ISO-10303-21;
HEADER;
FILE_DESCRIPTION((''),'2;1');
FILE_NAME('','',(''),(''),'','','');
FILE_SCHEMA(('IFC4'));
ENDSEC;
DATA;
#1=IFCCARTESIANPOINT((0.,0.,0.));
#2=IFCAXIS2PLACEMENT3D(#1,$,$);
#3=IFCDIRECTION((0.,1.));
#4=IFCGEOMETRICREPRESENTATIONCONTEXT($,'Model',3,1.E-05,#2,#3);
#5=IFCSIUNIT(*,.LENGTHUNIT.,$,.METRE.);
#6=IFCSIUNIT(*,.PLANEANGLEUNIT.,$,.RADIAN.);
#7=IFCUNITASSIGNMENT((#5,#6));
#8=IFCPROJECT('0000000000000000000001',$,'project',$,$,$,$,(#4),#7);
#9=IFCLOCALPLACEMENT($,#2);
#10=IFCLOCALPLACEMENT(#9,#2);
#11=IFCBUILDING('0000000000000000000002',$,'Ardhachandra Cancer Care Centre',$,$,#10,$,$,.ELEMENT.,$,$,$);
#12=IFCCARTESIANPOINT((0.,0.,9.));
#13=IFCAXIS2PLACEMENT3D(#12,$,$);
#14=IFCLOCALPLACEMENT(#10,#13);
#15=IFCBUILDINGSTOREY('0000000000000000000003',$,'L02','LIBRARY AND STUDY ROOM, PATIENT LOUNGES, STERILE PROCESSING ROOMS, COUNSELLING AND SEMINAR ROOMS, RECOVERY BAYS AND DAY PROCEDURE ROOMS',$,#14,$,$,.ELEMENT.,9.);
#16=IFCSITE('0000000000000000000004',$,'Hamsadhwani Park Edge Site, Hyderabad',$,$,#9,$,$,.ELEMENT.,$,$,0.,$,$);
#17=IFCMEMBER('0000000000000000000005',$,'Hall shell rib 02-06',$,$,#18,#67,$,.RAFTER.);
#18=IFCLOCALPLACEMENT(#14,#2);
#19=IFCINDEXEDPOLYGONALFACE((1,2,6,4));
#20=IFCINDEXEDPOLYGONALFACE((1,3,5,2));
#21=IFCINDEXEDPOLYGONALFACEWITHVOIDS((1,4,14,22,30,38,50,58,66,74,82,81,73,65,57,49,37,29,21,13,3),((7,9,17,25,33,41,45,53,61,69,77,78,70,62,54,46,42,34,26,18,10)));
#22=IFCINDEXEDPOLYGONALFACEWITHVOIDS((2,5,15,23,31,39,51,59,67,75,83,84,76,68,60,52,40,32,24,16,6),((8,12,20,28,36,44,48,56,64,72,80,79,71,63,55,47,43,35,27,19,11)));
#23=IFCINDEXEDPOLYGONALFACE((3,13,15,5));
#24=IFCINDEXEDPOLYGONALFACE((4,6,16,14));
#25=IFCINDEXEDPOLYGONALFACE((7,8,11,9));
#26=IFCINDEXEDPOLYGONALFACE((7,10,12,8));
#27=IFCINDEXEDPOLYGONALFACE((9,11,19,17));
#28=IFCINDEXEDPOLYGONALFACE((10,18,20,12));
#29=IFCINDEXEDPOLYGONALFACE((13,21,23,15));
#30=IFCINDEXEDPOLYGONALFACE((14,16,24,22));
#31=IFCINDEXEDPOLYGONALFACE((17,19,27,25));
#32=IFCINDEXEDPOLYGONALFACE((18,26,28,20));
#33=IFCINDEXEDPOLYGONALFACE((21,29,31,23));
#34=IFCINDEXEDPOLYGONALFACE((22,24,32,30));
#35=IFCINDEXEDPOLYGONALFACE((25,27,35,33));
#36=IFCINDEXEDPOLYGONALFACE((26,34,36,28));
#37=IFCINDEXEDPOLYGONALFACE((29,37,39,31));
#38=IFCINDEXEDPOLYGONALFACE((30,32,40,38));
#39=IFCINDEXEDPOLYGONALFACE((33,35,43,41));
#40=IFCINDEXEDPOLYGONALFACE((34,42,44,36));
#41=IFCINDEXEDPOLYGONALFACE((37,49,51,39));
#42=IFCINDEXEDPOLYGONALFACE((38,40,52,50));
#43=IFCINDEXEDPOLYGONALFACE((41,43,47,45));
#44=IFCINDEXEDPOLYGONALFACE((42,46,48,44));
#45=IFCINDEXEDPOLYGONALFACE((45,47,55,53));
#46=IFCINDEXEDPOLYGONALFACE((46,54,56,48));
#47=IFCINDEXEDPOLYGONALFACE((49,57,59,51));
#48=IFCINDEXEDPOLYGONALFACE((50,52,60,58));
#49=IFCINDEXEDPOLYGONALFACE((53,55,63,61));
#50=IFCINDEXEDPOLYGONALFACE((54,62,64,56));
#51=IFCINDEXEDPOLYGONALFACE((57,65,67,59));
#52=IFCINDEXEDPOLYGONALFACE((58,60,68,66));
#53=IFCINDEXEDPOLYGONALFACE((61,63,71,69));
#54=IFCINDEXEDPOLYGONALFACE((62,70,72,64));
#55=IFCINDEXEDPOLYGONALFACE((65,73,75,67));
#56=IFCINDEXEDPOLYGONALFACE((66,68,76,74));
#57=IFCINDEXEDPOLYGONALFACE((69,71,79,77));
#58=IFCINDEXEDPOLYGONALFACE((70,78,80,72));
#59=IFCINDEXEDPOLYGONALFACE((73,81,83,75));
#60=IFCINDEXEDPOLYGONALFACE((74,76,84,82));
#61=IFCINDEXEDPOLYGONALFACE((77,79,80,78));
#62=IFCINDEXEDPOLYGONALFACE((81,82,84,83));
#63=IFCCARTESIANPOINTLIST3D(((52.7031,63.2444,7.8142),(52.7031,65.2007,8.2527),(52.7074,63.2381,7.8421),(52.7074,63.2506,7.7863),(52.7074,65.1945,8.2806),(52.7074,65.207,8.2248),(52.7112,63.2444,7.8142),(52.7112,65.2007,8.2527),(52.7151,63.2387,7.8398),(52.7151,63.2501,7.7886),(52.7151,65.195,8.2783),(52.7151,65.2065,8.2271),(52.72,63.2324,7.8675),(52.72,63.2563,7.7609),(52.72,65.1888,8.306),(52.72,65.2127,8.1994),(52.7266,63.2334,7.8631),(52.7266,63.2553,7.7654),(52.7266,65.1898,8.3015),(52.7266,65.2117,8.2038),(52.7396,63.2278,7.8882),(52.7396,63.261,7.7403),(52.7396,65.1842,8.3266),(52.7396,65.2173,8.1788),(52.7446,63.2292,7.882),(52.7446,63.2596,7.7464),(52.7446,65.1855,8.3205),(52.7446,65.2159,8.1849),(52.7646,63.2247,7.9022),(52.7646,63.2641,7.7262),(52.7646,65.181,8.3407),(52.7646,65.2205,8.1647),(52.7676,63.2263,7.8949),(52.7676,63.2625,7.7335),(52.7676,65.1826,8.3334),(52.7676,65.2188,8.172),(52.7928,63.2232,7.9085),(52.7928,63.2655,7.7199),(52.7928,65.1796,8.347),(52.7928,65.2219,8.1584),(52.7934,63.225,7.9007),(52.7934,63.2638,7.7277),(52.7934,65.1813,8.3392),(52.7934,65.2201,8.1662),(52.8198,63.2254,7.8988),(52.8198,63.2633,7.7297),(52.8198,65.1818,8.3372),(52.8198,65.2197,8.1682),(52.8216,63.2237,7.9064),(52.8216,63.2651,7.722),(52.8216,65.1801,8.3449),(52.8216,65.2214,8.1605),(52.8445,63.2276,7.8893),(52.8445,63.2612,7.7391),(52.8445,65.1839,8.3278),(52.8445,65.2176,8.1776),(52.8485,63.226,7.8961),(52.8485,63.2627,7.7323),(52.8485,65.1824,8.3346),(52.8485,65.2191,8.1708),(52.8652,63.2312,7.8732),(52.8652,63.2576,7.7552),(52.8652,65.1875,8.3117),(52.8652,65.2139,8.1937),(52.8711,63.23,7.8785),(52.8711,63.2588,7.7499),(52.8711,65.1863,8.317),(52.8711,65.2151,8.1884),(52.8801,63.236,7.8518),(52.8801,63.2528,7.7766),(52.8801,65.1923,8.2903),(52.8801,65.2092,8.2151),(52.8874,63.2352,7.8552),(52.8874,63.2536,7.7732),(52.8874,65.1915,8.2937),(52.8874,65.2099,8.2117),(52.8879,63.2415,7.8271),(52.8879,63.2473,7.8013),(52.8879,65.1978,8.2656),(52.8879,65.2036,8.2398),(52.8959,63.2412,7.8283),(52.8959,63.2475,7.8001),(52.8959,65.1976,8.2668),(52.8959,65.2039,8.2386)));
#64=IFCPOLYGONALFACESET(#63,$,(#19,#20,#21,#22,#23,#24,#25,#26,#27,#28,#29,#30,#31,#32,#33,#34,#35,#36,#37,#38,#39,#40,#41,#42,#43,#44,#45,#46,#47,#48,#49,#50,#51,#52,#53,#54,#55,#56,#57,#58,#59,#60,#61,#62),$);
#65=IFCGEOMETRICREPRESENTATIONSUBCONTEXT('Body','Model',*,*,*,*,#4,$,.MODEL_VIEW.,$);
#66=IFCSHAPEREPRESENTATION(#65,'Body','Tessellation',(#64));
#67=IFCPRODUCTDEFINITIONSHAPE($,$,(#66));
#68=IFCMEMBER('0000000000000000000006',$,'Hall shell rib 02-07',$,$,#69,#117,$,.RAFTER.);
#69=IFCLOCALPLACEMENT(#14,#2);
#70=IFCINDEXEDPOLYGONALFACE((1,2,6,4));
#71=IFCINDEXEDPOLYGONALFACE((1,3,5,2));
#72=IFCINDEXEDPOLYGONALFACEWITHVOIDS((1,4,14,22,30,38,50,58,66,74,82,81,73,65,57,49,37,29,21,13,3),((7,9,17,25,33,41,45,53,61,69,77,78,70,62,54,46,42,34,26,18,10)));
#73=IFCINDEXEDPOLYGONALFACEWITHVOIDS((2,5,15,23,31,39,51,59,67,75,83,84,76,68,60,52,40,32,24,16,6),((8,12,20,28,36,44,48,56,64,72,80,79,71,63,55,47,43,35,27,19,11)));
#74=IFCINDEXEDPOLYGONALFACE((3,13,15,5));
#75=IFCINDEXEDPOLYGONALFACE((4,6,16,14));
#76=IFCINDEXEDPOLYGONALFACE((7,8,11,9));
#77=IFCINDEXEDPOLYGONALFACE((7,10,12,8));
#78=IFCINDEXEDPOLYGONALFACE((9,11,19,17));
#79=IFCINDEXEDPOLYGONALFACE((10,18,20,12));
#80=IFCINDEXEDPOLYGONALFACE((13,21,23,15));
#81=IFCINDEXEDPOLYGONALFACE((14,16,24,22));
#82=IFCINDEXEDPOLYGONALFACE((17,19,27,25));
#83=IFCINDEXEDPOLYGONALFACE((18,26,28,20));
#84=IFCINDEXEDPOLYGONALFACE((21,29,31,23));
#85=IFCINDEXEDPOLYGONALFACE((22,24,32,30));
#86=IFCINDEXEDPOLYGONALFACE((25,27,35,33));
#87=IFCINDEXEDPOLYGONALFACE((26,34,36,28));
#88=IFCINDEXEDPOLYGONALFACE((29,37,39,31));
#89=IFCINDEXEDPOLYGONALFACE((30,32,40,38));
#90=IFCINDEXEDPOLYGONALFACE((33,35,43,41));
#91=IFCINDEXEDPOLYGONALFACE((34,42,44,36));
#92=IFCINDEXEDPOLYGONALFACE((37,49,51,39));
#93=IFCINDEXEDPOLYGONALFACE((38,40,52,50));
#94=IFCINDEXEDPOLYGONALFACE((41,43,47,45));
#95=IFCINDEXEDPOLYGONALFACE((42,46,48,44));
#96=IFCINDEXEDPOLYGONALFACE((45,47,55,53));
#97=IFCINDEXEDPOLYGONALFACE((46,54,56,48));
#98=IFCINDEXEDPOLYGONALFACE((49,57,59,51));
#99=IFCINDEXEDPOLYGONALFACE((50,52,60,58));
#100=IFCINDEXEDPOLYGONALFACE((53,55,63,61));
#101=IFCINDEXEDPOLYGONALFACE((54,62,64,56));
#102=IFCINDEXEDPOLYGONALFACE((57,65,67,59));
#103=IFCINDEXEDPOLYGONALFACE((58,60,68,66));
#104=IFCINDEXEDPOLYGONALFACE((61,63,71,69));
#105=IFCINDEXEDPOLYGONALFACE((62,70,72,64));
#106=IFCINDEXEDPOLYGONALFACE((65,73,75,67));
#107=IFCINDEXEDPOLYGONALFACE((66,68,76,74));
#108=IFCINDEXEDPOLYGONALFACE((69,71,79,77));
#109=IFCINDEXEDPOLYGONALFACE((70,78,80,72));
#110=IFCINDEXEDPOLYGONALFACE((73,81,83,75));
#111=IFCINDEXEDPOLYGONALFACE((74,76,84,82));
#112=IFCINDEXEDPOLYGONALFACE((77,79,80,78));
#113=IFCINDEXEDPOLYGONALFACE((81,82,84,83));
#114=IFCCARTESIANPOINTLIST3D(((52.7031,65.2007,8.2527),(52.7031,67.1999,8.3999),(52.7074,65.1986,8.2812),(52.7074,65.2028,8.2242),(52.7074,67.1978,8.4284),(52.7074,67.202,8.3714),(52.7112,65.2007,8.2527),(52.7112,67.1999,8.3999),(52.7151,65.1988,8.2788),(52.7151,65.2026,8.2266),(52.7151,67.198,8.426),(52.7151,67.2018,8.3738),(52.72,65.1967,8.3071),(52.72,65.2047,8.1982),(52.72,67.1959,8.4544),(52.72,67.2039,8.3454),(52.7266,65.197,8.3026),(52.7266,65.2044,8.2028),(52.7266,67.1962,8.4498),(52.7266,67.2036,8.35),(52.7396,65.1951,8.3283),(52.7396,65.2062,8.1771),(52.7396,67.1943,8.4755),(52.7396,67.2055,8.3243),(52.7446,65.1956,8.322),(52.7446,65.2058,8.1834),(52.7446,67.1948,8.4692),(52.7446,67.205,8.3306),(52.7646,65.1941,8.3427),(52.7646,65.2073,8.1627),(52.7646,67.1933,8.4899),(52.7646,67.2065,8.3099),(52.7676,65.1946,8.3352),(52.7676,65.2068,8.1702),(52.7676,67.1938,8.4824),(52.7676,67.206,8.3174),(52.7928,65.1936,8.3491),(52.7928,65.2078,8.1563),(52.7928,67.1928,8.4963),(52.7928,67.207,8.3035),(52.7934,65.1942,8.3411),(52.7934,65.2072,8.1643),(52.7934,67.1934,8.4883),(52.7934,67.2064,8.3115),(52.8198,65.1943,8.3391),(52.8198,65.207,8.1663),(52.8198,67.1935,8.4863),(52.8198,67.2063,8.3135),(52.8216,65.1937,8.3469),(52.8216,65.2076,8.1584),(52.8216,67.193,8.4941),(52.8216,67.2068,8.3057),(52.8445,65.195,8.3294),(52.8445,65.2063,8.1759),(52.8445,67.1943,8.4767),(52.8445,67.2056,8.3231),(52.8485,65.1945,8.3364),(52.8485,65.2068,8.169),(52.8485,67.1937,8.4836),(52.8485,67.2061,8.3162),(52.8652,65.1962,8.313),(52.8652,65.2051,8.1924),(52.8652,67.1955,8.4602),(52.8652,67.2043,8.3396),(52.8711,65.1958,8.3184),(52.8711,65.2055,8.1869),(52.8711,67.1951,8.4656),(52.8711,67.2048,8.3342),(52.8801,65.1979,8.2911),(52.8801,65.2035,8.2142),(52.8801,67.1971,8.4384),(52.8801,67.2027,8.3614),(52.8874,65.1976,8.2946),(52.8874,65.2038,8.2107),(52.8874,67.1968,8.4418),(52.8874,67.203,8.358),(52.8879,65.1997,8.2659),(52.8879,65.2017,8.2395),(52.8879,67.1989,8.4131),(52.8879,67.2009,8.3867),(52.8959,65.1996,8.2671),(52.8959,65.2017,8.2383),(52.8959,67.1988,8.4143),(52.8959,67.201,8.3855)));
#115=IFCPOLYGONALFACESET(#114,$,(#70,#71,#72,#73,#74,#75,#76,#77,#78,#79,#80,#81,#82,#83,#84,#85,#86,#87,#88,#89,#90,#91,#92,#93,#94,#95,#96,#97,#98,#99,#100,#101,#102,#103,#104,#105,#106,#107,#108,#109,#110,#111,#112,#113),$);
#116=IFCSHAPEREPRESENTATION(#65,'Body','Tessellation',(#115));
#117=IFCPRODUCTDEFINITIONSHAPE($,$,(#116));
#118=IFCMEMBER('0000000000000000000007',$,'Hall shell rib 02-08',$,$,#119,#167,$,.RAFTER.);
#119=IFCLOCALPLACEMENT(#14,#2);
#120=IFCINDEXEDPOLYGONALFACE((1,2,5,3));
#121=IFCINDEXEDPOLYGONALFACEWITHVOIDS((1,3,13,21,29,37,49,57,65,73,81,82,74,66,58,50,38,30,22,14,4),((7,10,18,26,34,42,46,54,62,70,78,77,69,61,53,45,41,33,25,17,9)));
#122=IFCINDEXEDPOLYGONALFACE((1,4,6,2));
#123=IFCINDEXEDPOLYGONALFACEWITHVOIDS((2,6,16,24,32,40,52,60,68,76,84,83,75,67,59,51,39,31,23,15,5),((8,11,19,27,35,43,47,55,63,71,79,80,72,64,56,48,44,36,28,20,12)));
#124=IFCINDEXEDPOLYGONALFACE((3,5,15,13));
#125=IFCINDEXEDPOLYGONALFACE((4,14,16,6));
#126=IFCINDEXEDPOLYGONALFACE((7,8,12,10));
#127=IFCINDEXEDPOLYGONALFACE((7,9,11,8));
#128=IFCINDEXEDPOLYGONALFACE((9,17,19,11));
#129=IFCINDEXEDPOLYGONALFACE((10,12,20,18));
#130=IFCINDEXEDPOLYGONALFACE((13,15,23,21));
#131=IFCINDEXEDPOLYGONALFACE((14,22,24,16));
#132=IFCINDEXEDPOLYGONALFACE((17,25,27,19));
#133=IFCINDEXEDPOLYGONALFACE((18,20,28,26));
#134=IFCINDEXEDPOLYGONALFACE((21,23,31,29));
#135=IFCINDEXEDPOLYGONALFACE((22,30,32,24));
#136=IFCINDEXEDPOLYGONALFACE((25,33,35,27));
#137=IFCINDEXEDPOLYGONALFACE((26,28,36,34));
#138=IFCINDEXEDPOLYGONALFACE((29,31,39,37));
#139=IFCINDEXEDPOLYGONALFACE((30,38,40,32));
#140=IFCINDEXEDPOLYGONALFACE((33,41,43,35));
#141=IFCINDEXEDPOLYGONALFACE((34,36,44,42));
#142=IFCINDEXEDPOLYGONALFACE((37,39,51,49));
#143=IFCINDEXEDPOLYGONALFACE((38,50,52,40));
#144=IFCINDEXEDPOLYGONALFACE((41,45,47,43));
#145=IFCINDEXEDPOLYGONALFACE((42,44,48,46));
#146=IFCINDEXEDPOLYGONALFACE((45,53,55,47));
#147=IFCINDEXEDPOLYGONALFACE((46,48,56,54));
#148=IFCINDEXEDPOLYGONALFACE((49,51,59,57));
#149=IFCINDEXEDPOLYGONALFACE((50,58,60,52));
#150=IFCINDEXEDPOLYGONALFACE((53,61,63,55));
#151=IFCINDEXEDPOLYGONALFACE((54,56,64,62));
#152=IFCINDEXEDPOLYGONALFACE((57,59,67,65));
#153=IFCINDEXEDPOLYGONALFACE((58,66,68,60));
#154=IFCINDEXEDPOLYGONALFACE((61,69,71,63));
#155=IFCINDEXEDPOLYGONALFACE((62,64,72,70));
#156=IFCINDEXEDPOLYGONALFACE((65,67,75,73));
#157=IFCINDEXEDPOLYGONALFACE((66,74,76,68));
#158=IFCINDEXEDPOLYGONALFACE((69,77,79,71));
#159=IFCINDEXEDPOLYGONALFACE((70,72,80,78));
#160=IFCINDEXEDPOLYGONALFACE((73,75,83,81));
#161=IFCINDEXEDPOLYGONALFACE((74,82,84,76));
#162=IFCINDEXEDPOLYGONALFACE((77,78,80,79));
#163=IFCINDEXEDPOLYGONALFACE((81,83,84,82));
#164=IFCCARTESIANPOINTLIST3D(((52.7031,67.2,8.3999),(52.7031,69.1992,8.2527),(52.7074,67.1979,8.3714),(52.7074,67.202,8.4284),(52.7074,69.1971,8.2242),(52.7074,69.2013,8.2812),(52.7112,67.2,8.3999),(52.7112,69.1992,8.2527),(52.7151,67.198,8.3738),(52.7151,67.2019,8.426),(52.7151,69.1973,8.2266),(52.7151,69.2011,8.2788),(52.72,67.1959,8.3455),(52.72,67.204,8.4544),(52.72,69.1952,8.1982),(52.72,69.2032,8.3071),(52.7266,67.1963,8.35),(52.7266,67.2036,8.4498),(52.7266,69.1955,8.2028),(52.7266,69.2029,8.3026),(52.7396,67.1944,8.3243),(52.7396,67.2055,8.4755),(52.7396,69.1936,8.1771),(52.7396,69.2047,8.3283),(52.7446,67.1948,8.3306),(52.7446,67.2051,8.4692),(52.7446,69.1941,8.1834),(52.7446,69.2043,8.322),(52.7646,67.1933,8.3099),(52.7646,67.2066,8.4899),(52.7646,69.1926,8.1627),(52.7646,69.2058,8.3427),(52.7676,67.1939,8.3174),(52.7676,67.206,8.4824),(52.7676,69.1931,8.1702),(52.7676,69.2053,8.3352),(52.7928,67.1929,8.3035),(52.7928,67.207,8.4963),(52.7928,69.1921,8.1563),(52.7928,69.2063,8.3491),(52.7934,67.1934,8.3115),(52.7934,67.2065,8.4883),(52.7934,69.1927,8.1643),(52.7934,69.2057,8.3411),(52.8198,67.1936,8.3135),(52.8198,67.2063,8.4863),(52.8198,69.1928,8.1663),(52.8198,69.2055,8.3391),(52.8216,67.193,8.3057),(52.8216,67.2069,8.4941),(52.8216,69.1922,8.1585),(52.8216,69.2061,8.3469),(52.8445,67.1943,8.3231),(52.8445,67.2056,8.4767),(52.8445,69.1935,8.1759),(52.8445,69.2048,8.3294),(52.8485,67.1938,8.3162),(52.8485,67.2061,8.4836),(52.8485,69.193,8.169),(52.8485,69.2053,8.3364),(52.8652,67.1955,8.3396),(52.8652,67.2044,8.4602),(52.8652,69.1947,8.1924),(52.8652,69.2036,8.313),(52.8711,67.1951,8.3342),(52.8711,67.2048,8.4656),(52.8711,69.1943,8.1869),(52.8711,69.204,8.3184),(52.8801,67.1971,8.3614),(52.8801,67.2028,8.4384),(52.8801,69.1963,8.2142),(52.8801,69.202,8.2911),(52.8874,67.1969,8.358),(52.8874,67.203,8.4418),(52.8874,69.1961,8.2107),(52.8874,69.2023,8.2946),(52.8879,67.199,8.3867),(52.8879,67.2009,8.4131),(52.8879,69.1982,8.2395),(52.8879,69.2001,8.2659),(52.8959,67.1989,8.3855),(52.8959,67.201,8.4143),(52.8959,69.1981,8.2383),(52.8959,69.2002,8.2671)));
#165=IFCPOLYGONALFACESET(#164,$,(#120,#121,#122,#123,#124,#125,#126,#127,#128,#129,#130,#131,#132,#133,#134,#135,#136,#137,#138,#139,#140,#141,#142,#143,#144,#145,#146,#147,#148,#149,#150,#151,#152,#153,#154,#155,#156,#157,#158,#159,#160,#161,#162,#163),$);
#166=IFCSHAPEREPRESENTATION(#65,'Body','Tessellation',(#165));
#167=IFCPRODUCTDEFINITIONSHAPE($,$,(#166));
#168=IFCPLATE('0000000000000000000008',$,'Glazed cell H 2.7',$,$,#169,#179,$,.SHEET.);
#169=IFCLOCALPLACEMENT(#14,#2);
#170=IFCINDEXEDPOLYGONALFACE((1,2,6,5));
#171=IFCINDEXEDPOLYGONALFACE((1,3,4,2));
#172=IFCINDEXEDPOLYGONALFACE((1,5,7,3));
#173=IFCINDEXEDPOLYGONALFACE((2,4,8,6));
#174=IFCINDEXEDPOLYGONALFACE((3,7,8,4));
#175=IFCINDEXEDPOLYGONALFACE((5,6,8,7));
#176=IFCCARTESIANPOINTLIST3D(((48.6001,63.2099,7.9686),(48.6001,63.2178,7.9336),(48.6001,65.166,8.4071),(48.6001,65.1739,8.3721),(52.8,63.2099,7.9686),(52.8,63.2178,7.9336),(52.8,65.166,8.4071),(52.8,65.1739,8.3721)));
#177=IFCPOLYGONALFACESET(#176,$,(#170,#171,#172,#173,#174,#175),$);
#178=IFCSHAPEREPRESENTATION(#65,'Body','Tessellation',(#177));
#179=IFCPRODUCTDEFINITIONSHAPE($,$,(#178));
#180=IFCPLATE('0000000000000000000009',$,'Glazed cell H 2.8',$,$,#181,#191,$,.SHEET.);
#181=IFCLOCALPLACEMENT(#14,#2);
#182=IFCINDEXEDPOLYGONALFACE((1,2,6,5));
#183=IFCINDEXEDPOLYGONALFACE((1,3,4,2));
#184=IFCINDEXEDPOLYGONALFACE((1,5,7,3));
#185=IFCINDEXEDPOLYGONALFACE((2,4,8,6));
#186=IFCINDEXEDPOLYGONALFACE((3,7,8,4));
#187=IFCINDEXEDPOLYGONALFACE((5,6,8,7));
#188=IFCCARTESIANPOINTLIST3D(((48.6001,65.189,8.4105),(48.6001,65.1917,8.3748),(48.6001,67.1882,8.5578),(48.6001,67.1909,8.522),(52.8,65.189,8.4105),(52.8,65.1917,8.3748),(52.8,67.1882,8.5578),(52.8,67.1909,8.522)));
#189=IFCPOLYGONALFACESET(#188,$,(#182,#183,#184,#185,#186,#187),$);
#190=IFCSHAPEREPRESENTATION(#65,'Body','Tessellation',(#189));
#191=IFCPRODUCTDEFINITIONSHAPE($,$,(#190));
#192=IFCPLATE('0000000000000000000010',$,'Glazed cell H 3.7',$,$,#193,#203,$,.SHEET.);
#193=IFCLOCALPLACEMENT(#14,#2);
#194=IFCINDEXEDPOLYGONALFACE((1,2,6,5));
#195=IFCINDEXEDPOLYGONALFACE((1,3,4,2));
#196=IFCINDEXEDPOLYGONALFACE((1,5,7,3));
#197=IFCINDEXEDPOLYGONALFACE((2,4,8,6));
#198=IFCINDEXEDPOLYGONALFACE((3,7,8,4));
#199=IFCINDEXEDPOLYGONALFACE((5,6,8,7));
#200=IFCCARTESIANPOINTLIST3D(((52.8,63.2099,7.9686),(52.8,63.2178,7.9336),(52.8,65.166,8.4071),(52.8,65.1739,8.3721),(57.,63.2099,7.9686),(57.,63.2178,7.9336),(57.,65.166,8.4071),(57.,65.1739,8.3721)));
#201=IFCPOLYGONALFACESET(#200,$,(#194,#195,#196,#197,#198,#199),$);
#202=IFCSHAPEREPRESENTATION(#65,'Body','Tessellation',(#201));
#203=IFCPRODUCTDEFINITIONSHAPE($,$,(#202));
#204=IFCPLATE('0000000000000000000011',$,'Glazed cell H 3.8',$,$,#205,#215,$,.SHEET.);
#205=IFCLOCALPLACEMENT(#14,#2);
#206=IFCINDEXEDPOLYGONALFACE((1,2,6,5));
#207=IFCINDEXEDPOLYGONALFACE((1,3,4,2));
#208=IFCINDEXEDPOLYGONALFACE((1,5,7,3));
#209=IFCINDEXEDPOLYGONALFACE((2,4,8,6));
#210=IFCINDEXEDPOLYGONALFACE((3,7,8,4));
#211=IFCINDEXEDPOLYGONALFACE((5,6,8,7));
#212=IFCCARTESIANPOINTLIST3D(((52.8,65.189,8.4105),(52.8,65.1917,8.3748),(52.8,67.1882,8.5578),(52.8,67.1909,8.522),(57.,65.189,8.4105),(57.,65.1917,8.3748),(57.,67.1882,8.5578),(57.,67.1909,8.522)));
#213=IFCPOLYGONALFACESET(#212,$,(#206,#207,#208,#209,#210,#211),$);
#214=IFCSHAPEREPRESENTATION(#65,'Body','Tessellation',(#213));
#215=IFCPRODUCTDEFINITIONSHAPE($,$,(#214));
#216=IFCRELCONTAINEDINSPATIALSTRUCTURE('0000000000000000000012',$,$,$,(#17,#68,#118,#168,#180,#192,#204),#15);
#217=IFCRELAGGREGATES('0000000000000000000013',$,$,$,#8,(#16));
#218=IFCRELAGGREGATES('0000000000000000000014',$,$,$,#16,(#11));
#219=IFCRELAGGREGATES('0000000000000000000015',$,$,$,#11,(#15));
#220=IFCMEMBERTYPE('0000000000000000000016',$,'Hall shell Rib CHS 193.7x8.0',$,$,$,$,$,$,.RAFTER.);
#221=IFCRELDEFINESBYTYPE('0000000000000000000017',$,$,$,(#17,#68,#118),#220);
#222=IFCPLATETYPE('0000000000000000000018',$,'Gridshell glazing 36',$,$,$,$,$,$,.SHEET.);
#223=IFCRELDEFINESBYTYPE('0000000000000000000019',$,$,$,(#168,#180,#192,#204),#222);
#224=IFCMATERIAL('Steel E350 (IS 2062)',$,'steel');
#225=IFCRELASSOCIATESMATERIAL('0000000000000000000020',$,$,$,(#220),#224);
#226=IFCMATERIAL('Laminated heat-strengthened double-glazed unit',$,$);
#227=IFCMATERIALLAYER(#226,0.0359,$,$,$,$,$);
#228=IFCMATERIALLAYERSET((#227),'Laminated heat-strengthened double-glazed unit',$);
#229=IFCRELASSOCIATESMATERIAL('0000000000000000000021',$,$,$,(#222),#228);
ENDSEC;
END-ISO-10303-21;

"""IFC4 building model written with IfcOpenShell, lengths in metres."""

from ifc_helpers import new_model, si_unit, direction, frame, origin, origin_2d, place, context, subcontext, project, spatial, polyline, hollow_circle, outline, extrude, material, layer, layer_set, material_profile, profile_set, type_object, element, save


model = new_model("IFC4")

# Units and contexts
model_context = context("Model", 3, precision=1e-05, world=origin(), true_north=direction((0.0, 1.0)))
body_context = subcontext(model_context, "Body", "Model", "MODEL_VIEW")
ifc_project = project(units=[si_unit("LENGTHUNIT", "METRE"), si_unit("PLANEANGLEUNIT", "RADIAN")], contexts=[model_context])

# Site, building, storey
site_placement = place(None, origin())
site = spatial("IfcSite", under=ifc_project, at=site_placement, Name="Hamsadhwani Park Edge Site, Hyderabad", CompositionType="ELEMENT", RefElevation=0.0)
building_placement = place(site_placement, origin())
building = spatial("IfcBuilding", under=site, at=building_placement, Name="Ardhachandra Cancer Care Centre", CompositionType="ELEMENT")
storey_placement = place(building_placement, frame((0.0, 0.0, 9.0)))
storey = spatial("IfcBuildingStorey", under=building, at=storey_placement, Name="L02", Description="LIBRARY AND STUDY ROOM, PATIENT LOUNGES, STERILE PROCESSING ROOMS, COUNSELLING AND SEMINAR ROOMS, RECOVERY BAYS AND DAY PROCEDURE ROOMS", CompositionType="ELEMENT", Elevation=9.0)

# Members
ifc_material_1 = material(Name="Steel E350 (IS 2062)", Category="steel")
ifc_material_profile_1 = material_profile(ifc_material_1, hollow_circle(Radius=0.0969, WallThickness=0.0081, at=origin_2d()), Name="CHS 193.7x8.0")
ifc_profile_set_1 = profile_set([ifc_material_profile_1], Name="Steel E350 (IS 2062)")
member_type_1 = type_object("IfcMemberType", Name="Hall shell Rib CHS 193.7x8.0", PredefinedType="RAFTER", material=ifc_profile_set_1)
member_1_placement = place(storey_placement, frame((52.8, 63.2444, 7.8142), z_axis=(0.0, 0.97579, 0.218709), x_axis=(-1.0, 0.0, 0.0)))
element("IfcMember", 1, at=member_1_placement, inside=storey, type_object=member_type_1, Name="Hall shell rib 02-06", PredefinedType="RAFTER", context=body_context, shape_type="SweptSolid", body=[
    extrude(hollow_circle(Radius=0.0969, WallThickness=0.0081, at=origin_2d()), origin(), (0.0, 0.0, 1.0), 2.0049),
])
for number, where, z_axis, x_axis, name in (
    (2, (52.8, 65.2007, 8.2527), (0.0, 0.9973, 0.073437), (-1.0, 0.0, 0.0), "Hall shell rib 02-07"),
    (3, (52.8, 67.2, 8.3999), (0.0, 0.9973, -0.073437), (-1.0, 0.0, 0.0), "Hall shell rib 02-08"),
):
    element("IfcMember", number, at=place(storey_placement, frame(where, z_axis=z_axis, x_axis=x_axis)), inside=storey, type_object=member_type_1, Name=name, PredefinedType="RAFTER", context=body_context, shape_type="SweptSolid", body=[
        extrude(hollow_circle(Radius=0.0969, WallThickness=0.0081, at=origin_2d()), origin(), (0.0, 0.0, 1.0), 2.0046),
    ])

# Plates
ifc_material_2 = material(Name="Laminated heat-strengthened double-glazed unit")
ifc_layer = layer(ifc_material_2, 0.0359)
ifc_layer_set = layer_set([ifc_layer], Name="Laminated heat-strengthened double-glazed unit")
plate_type = type_object("IfcPlateType", Name="Gridshell glazing 36", PredefinedType="SHEET", material=ifc_layer_set)
for number, where, z_axis, x_axis, name in (
    (4, (48.6001, 63.2178, 7.9336), (0.0, -0.218735, 0.975784), (1.0, 0.0, 0.0), "Glazed cell H 2.7"),
    (5, (48.6001, 65.1917, 8.3748), (0.0, -0.073437, 0.9973), (1.0, 0.0, 0.0), "Glazed cell H 2.8"),
    (6, (52.8, 63.2178, 7.9336), (0.0, -0.218735, 0.975784), (1.0, 0.0, 0.0), "Glazed cell H 3.7"),
    (7, (52.8, 65.1917, 8.3748), (0.0, -0.073437, 0.9973), (1.0, 0.0, 0.0), "Glazed cell H 3.8"),
):
    element("IfcPlate", number, at=place(storey_placement, frame(where, z_axis=z_axis, x_axis=x_axis)), inside=storey, type_object=plate_type, Name=name, PredefinedType="SHEET", context=body_context, shape_type="SweptSolid", body=[
        extrude(outline(polyline([(0.0, 0.0), (4.2, 0.0), (4.2, 2.0046), (0.0, 2.0046), (0.0, 0.0)])), origin(), (0.0, 0.0, 1.0), 0.0359),
    ])

save(model, "model.ifc")
